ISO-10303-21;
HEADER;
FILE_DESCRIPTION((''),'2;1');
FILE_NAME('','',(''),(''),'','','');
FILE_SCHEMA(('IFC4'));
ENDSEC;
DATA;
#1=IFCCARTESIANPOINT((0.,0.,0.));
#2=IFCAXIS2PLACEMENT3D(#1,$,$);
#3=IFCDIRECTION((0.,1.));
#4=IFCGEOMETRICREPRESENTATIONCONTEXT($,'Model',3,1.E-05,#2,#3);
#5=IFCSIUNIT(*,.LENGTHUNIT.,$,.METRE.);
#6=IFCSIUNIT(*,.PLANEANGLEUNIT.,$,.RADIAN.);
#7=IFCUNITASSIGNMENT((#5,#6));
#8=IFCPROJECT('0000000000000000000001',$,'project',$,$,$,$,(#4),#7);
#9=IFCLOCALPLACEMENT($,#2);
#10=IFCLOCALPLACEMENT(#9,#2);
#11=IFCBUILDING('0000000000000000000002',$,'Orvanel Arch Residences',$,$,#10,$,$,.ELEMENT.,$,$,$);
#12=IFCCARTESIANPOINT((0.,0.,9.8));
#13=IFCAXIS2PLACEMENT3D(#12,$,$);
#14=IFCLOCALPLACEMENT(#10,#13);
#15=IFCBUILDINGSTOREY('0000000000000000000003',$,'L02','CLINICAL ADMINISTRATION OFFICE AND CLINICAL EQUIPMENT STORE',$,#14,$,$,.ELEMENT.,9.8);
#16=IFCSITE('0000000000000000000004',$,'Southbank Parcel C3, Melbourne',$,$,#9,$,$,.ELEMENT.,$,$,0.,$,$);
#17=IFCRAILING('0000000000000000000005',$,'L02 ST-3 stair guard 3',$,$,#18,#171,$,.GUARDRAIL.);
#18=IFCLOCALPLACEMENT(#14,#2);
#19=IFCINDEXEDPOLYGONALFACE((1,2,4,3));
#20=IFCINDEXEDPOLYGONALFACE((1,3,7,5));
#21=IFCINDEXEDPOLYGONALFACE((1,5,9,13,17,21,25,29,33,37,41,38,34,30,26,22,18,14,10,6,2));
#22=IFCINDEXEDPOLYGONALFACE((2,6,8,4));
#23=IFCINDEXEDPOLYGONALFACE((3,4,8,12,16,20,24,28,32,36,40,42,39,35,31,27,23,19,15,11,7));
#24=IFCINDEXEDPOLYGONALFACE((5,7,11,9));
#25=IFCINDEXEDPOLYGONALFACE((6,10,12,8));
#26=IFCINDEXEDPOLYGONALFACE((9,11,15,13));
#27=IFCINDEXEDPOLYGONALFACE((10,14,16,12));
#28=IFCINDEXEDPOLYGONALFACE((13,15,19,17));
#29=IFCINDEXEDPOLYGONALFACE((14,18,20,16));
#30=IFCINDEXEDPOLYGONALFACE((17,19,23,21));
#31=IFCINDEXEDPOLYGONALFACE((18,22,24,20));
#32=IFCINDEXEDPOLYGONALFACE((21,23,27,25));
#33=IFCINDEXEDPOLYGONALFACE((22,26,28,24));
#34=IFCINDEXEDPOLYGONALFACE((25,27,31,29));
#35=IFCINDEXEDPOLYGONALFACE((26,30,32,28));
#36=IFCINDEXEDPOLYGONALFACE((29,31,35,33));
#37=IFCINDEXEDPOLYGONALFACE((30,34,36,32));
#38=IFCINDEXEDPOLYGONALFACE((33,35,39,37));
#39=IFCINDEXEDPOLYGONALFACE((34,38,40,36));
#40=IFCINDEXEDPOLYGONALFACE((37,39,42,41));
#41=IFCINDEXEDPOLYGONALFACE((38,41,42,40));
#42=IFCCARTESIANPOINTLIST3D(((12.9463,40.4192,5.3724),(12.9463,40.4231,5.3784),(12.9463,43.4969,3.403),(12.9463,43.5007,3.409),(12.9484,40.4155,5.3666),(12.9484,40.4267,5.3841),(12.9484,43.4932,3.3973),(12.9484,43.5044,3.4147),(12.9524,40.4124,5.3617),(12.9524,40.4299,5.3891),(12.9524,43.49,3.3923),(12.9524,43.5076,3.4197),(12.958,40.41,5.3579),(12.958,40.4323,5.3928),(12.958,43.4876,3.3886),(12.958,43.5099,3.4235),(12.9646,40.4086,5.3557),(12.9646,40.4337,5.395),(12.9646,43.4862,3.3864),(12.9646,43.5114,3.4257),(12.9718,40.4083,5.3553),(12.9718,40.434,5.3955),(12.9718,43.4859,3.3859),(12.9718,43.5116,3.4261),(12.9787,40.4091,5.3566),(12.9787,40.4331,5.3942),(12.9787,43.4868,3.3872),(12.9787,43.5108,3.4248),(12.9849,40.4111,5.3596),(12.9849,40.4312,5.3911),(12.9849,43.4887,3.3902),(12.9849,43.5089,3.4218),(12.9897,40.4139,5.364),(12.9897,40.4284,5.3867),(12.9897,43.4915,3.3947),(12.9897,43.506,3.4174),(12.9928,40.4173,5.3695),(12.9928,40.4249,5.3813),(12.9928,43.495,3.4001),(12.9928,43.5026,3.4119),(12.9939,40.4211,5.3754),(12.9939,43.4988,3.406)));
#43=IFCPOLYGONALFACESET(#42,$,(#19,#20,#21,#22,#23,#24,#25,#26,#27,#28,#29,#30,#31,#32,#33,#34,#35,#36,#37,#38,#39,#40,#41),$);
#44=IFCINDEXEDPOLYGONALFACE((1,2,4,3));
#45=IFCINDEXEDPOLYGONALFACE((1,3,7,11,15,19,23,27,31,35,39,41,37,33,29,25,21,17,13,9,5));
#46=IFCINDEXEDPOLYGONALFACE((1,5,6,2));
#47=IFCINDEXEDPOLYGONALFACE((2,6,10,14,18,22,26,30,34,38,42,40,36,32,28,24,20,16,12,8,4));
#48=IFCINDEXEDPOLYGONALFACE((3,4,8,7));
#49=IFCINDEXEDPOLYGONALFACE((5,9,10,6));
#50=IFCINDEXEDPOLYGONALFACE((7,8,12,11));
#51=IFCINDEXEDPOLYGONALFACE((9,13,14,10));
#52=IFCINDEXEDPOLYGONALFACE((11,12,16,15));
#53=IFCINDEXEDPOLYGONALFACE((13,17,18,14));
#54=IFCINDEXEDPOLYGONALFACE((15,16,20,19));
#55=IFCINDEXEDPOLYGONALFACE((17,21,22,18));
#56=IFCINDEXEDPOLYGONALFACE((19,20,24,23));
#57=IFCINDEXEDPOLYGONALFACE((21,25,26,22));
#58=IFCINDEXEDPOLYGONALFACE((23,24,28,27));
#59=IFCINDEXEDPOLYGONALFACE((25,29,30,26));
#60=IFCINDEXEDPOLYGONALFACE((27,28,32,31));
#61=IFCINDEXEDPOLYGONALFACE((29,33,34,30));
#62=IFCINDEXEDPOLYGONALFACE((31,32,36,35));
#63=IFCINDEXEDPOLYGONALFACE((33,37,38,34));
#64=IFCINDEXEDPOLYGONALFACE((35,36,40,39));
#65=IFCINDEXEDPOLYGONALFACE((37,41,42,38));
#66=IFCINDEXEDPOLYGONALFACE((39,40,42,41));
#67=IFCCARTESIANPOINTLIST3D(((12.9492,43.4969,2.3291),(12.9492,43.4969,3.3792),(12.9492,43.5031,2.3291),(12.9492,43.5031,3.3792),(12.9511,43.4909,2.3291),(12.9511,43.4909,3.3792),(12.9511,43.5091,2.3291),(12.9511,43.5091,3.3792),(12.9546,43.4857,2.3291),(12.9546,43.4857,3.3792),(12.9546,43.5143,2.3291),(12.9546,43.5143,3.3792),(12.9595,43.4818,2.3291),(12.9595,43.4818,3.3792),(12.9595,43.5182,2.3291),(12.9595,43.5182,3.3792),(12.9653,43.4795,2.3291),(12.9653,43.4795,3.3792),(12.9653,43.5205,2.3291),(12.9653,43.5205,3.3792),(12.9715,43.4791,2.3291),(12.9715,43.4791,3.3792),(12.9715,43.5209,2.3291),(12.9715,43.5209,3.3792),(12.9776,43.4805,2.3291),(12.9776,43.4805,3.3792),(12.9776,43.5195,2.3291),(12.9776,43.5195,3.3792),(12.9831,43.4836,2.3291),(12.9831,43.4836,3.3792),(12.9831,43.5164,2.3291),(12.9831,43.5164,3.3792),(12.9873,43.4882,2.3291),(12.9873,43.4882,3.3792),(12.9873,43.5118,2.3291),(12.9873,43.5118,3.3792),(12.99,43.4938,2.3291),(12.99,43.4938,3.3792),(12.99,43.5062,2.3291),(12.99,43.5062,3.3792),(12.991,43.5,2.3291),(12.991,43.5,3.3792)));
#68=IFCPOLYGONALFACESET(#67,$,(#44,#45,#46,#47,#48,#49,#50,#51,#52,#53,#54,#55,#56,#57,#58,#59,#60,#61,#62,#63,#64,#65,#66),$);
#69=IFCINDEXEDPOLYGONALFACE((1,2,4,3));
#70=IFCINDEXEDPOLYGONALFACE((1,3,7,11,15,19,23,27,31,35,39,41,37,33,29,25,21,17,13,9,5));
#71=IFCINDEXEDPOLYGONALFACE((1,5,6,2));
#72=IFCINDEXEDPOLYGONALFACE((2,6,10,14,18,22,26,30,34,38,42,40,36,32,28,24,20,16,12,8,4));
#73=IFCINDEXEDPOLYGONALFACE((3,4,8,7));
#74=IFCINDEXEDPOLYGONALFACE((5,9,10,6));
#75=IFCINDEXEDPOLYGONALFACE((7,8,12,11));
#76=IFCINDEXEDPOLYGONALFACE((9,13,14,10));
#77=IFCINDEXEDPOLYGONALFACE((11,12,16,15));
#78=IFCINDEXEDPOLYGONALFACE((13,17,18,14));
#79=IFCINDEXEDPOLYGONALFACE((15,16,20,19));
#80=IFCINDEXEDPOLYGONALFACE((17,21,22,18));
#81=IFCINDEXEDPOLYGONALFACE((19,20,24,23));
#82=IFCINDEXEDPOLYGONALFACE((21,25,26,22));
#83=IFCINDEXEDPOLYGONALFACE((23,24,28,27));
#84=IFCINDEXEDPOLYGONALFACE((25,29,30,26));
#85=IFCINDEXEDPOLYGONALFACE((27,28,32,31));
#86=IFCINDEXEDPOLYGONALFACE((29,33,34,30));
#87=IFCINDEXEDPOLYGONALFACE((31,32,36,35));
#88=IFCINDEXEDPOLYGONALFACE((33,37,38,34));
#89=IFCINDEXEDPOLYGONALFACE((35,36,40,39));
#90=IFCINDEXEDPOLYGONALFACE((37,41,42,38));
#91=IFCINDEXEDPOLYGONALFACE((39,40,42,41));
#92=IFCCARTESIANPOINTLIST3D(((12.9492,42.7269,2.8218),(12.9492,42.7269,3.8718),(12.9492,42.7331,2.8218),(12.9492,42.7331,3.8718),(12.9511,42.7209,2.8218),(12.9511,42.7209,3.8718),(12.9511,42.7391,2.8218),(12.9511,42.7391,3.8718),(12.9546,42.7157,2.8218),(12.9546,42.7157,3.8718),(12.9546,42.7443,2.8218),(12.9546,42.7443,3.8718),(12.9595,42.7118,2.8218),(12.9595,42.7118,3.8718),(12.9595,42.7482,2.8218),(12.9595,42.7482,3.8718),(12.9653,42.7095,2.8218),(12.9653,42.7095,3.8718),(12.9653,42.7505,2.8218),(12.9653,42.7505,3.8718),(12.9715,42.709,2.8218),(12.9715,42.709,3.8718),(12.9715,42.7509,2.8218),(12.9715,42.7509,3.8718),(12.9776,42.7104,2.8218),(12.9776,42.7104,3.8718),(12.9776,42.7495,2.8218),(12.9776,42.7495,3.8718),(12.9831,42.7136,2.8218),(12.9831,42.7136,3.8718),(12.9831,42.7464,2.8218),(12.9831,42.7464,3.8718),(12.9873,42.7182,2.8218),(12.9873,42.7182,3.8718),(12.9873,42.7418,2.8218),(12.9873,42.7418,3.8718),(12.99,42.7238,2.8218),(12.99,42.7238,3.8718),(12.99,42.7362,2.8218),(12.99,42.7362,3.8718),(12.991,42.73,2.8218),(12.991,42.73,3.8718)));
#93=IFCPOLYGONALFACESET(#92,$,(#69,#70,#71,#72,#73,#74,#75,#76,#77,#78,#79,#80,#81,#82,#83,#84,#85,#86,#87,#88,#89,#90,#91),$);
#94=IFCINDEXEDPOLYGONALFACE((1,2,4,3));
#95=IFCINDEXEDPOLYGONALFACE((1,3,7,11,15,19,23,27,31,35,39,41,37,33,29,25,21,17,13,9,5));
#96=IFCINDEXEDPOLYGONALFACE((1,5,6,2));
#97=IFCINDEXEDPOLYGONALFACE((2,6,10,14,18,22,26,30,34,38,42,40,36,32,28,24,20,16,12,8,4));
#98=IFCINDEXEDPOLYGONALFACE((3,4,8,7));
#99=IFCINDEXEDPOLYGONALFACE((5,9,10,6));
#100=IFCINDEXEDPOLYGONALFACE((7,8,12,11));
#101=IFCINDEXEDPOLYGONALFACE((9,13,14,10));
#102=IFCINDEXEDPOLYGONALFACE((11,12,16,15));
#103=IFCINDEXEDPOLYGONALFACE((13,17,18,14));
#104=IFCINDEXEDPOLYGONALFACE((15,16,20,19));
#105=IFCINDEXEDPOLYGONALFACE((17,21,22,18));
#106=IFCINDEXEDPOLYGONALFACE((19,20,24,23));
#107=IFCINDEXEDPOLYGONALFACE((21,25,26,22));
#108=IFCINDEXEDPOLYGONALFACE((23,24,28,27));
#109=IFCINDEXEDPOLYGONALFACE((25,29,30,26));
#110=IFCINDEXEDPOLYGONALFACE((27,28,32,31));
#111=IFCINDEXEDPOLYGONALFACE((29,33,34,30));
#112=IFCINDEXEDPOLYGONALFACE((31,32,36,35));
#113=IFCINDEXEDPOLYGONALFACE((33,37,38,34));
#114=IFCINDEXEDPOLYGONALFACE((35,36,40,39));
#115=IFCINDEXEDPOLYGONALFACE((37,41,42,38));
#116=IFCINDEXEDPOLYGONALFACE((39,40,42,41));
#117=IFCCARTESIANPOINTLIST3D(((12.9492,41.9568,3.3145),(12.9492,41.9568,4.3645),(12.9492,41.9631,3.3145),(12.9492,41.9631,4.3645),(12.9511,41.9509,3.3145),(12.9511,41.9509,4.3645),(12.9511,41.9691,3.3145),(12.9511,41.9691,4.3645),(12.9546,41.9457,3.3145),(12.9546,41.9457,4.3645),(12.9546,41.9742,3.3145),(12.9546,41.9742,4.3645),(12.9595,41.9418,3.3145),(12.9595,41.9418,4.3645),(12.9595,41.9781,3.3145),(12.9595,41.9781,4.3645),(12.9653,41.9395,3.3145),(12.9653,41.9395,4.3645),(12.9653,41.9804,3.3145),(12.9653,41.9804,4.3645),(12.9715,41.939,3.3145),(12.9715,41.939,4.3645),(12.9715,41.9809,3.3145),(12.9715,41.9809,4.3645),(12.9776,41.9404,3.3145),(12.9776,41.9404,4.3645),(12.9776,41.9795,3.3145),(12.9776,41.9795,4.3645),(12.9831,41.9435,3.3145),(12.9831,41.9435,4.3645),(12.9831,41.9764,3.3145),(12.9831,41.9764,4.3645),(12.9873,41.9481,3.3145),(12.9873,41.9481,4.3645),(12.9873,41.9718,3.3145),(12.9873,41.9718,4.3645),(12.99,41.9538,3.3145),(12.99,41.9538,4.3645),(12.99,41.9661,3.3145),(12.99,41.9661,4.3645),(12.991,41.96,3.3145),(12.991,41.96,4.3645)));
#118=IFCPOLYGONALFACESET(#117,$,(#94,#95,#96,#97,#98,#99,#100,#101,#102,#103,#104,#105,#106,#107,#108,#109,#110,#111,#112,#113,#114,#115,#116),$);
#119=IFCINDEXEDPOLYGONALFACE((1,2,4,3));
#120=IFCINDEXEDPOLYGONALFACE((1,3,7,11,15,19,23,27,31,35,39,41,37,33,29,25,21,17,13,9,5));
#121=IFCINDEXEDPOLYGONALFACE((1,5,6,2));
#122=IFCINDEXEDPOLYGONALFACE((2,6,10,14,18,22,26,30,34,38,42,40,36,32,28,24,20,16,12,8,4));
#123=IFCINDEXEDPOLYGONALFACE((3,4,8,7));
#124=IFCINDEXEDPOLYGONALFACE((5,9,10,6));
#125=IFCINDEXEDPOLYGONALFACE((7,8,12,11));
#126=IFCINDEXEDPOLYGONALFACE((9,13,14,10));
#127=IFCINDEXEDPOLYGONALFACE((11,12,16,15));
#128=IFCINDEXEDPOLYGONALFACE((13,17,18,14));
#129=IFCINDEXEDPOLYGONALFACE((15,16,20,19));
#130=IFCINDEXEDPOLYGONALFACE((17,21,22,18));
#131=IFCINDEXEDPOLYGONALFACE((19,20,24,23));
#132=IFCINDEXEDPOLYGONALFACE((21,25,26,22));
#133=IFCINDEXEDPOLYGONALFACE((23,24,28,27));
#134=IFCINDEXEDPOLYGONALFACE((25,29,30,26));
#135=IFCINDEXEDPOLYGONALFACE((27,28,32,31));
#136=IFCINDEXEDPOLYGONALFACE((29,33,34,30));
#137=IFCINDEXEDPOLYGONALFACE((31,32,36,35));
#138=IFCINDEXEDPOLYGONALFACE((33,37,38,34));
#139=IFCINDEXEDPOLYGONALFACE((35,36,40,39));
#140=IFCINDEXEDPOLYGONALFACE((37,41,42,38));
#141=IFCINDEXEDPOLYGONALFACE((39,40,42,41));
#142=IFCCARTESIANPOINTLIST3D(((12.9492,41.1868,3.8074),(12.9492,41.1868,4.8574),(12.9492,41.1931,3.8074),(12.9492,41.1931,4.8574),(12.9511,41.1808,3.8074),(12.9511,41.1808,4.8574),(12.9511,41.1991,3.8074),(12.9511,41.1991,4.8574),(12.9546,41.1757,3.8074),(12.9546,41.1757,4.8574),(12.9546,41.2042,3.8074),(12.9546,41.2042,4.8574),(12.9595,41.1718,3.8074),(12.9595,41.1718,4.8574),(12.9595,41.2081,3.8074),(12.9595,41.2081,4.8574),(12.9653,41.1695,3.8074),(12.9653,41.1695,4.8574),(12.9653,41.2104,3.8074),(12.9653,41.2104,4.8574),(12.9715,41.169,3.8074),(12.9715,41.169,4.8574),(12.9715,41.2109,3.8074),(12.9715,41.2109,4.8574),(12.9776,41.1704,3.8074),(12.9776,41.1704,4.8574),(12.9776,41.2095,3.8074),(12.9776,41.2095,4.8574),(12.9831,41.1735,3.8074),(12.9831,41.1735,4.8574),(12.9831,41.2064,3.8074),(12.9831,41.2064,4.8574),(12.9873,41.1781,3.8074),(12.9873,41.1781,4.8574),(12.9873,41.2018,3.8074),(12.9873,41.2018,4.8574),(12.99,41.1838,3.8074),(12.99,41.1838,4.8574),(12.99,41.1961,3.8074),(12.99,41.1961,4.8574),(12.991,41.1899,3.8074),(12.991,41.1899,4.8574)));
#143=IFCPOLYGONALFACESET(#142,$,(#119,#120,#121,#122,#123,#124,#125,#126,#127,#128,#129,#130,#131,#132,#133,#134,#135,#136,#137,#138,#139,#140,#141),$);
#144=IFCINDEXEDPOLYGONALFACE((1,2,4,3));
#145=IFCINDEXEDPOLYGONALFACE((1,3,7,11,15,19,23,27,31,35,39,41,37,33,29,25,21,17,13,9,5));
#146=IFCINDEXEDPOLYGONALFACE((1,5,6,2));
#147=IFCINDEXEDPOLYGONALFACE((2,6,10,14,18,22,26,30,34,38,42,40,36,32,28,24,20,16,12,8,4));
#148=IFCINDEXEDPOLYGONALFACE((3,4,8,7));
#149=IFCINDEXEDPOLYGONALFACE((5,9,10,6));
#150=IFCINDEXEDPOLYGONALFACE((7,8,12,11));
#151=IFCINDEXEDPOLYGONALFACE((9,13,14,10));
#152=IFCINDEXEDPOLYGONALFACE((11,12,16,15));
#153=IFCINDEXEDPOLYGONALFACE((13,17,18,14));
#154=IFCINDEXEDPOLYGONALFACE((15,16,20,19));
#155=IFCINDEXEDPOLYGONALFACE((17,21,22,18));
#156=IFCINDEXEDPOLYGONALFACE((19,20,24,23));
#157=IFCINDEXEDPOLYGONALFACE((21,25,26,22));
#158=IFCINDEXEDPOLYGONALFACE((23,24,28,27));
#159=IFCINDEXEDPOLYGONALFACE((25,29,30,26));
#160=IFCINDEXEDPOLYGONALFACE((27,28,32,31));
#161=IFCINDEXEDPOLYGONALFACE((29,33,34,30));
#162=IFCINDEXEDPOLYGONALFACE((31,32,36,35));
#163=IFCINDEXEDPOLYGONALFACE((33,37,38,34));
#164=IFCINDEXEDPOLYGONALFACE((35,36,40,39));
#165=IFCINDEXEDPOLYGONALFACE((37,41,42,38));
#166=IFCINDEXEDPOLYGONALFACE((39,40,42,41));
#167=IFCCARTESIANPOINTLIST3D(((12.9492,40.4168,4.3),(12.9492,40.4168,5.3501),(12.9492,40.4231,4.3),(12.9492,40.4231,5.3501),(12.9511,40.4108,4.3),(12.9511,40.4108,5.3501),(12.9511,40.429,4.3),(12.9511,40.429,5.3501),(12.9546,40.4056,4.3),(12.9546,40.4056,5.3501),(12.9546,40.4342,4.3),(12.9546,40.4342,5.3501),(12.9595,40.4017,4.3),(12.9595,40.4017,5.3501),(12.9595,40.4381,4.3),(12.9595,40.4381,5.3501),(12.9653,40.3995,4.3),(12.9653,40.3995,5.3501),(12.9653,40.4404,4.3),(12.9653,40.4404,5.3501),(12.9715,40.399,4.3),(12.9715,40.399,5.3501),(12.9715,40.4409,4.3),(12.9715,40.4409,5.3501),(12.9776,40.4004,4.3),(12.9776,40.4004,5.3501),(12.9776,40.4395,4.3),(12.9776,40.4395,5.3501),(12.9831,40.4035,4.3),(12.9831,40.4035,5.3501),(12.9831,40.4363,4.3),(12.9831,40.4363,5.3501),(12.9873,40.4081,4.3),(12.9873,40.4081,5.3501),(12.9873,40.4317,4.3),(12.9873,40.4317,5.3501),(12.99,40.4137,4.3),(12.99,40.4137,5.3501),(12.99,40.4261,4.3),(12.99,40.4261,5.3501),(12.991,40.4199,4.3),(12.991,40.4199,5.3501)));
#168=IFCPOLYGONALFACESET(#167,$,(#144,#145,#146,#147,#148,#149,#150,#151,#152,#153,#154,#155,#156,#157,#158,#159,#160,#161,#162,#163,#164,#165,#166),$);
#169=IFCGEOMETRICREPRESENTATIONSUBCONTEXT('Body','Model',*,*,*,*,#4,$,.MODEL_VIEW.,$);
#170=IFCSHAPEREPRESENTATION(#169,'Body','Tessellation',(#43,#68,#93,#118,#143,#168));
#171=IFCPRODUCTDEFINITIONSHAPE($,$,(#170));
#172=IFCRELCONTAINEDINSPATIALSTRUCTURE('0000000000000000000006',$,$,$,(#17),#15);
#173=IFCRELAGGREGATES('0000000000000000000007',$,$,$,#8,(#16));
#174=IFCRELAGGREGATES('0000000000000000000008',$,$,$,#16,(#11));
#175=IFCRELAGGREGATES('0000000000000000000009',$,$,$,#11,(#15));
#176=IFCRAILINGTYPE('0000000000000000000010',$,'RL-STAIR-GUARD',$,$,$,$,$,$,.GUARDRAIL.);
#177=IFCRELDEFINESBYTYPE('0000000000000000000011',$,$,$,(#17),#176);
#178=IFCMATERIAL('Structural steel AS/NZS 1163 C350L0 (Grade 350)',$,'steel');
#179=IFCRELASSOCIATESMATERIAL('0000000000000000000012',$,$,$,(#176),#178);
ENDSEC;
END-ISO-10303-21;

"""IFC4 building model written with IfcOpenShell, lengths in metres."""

from ifc_helpers import new_model, si_unit, direction, frame, origin, origin_2d, place, context, subcontext, project, spatial, circle, extrude, material, type_object, element, save


model = new_model("IFC4")

# Units and contexts
model_context = context("Model", 3, precision=1e-05, world=origin(), true_north=direction((0.0, 1.0)))
body_context = subcontext(model_context, "Body", "Model", "MODEL_VIEW")
ifc_project = project(units=[si_unit("LENGTHUNIT", "METRE"), si_unit("PLANEANGLEUNIT", "RADIAN")], contexts=[model_context])

# Site, building, storey
site_placement = place(None, origin())
site = spatial("IfcSite", under=ifc_project, at=site_placement, Name="Southbank Parcel C3, Melbourne", CompositionType="ELEMENT", RefElevation=0.0)
building_placement = place(site_placement, origin())
building = spatial("IfcBuilding", under=site, at=building_placement, Name="Orvanel Arch Residences", CompositionType="ELEMENT")
storey_placement = place(building_placement, frame((0.0, 0.0, 9.8)))
storey = spatial("IfcBuildingStorey", under=building, at=storey_placement, Name="L02", Description="CLINICAL ADMINISTRATION OFFICE AND CLINICAL EQUIPMENT STORE", CompositionType="ELEMENT", Elevation=9.8)

# Railing
ifc_material_1 = material(Name="Structural steel AS/NZS 1163 C350L0 (Grade 350)", Category="steel")
railing_type_1 = type_object("IfcRailingType", Name="RL-STAIR-GUARD", PredefinedType="GUARDRAIL", material=ifc_material_1)
railing_1_placement = place(storey_placement, frame((12.97, 43.5, 2.3291)))
element("IfcRailing", 1, at=railing_1_placement, inside=storey, type_object=railing_type_1, Name="L02 ST-3 stair guard 3", PredefinedType="GUARDRAIL", context=body_context, shape_type="SweptSolid", body=[
    extrude(circle(Radius=0.0239, at=origin_2d()), frame((0.0, -0.0012, 1.0769), z_axis=(0.0, -0.842309, 0.538995), x_axis=(1.0, 0.0, 0.0)), (0.0, 0.0, 1.0), 3.6538),
    extrude(circle(Radius=0.021, at=origin_2d()), origin(), (0.0, 0.0, 1.0), 1.05),
    extrude(circle(Radius=0.021, at=origin_2d()), frame((0.0, -0.77, 0.4927)), (0.0, 0.0, 1.0), 1.05),
    extrude(circle(Radius=0.021, at=origin_2d()), frame((0.0, -1.54, 0.9854)), (0.0, 0.0, 1.0), 1.05),
    extrude(circle(Radius=0.021, at=origin_2d()), frame((0.0, -2.3101, 1.4783)), (0.0, 0.0, 1.0), 1.05),
    extrude(circle(Radius=0.021, at=origin_2d()), frame((0.0, -3.0801, 1.9709)), (0.0, 0.0, 1.0), 1.05),
])

save(model, "model.ifc")
